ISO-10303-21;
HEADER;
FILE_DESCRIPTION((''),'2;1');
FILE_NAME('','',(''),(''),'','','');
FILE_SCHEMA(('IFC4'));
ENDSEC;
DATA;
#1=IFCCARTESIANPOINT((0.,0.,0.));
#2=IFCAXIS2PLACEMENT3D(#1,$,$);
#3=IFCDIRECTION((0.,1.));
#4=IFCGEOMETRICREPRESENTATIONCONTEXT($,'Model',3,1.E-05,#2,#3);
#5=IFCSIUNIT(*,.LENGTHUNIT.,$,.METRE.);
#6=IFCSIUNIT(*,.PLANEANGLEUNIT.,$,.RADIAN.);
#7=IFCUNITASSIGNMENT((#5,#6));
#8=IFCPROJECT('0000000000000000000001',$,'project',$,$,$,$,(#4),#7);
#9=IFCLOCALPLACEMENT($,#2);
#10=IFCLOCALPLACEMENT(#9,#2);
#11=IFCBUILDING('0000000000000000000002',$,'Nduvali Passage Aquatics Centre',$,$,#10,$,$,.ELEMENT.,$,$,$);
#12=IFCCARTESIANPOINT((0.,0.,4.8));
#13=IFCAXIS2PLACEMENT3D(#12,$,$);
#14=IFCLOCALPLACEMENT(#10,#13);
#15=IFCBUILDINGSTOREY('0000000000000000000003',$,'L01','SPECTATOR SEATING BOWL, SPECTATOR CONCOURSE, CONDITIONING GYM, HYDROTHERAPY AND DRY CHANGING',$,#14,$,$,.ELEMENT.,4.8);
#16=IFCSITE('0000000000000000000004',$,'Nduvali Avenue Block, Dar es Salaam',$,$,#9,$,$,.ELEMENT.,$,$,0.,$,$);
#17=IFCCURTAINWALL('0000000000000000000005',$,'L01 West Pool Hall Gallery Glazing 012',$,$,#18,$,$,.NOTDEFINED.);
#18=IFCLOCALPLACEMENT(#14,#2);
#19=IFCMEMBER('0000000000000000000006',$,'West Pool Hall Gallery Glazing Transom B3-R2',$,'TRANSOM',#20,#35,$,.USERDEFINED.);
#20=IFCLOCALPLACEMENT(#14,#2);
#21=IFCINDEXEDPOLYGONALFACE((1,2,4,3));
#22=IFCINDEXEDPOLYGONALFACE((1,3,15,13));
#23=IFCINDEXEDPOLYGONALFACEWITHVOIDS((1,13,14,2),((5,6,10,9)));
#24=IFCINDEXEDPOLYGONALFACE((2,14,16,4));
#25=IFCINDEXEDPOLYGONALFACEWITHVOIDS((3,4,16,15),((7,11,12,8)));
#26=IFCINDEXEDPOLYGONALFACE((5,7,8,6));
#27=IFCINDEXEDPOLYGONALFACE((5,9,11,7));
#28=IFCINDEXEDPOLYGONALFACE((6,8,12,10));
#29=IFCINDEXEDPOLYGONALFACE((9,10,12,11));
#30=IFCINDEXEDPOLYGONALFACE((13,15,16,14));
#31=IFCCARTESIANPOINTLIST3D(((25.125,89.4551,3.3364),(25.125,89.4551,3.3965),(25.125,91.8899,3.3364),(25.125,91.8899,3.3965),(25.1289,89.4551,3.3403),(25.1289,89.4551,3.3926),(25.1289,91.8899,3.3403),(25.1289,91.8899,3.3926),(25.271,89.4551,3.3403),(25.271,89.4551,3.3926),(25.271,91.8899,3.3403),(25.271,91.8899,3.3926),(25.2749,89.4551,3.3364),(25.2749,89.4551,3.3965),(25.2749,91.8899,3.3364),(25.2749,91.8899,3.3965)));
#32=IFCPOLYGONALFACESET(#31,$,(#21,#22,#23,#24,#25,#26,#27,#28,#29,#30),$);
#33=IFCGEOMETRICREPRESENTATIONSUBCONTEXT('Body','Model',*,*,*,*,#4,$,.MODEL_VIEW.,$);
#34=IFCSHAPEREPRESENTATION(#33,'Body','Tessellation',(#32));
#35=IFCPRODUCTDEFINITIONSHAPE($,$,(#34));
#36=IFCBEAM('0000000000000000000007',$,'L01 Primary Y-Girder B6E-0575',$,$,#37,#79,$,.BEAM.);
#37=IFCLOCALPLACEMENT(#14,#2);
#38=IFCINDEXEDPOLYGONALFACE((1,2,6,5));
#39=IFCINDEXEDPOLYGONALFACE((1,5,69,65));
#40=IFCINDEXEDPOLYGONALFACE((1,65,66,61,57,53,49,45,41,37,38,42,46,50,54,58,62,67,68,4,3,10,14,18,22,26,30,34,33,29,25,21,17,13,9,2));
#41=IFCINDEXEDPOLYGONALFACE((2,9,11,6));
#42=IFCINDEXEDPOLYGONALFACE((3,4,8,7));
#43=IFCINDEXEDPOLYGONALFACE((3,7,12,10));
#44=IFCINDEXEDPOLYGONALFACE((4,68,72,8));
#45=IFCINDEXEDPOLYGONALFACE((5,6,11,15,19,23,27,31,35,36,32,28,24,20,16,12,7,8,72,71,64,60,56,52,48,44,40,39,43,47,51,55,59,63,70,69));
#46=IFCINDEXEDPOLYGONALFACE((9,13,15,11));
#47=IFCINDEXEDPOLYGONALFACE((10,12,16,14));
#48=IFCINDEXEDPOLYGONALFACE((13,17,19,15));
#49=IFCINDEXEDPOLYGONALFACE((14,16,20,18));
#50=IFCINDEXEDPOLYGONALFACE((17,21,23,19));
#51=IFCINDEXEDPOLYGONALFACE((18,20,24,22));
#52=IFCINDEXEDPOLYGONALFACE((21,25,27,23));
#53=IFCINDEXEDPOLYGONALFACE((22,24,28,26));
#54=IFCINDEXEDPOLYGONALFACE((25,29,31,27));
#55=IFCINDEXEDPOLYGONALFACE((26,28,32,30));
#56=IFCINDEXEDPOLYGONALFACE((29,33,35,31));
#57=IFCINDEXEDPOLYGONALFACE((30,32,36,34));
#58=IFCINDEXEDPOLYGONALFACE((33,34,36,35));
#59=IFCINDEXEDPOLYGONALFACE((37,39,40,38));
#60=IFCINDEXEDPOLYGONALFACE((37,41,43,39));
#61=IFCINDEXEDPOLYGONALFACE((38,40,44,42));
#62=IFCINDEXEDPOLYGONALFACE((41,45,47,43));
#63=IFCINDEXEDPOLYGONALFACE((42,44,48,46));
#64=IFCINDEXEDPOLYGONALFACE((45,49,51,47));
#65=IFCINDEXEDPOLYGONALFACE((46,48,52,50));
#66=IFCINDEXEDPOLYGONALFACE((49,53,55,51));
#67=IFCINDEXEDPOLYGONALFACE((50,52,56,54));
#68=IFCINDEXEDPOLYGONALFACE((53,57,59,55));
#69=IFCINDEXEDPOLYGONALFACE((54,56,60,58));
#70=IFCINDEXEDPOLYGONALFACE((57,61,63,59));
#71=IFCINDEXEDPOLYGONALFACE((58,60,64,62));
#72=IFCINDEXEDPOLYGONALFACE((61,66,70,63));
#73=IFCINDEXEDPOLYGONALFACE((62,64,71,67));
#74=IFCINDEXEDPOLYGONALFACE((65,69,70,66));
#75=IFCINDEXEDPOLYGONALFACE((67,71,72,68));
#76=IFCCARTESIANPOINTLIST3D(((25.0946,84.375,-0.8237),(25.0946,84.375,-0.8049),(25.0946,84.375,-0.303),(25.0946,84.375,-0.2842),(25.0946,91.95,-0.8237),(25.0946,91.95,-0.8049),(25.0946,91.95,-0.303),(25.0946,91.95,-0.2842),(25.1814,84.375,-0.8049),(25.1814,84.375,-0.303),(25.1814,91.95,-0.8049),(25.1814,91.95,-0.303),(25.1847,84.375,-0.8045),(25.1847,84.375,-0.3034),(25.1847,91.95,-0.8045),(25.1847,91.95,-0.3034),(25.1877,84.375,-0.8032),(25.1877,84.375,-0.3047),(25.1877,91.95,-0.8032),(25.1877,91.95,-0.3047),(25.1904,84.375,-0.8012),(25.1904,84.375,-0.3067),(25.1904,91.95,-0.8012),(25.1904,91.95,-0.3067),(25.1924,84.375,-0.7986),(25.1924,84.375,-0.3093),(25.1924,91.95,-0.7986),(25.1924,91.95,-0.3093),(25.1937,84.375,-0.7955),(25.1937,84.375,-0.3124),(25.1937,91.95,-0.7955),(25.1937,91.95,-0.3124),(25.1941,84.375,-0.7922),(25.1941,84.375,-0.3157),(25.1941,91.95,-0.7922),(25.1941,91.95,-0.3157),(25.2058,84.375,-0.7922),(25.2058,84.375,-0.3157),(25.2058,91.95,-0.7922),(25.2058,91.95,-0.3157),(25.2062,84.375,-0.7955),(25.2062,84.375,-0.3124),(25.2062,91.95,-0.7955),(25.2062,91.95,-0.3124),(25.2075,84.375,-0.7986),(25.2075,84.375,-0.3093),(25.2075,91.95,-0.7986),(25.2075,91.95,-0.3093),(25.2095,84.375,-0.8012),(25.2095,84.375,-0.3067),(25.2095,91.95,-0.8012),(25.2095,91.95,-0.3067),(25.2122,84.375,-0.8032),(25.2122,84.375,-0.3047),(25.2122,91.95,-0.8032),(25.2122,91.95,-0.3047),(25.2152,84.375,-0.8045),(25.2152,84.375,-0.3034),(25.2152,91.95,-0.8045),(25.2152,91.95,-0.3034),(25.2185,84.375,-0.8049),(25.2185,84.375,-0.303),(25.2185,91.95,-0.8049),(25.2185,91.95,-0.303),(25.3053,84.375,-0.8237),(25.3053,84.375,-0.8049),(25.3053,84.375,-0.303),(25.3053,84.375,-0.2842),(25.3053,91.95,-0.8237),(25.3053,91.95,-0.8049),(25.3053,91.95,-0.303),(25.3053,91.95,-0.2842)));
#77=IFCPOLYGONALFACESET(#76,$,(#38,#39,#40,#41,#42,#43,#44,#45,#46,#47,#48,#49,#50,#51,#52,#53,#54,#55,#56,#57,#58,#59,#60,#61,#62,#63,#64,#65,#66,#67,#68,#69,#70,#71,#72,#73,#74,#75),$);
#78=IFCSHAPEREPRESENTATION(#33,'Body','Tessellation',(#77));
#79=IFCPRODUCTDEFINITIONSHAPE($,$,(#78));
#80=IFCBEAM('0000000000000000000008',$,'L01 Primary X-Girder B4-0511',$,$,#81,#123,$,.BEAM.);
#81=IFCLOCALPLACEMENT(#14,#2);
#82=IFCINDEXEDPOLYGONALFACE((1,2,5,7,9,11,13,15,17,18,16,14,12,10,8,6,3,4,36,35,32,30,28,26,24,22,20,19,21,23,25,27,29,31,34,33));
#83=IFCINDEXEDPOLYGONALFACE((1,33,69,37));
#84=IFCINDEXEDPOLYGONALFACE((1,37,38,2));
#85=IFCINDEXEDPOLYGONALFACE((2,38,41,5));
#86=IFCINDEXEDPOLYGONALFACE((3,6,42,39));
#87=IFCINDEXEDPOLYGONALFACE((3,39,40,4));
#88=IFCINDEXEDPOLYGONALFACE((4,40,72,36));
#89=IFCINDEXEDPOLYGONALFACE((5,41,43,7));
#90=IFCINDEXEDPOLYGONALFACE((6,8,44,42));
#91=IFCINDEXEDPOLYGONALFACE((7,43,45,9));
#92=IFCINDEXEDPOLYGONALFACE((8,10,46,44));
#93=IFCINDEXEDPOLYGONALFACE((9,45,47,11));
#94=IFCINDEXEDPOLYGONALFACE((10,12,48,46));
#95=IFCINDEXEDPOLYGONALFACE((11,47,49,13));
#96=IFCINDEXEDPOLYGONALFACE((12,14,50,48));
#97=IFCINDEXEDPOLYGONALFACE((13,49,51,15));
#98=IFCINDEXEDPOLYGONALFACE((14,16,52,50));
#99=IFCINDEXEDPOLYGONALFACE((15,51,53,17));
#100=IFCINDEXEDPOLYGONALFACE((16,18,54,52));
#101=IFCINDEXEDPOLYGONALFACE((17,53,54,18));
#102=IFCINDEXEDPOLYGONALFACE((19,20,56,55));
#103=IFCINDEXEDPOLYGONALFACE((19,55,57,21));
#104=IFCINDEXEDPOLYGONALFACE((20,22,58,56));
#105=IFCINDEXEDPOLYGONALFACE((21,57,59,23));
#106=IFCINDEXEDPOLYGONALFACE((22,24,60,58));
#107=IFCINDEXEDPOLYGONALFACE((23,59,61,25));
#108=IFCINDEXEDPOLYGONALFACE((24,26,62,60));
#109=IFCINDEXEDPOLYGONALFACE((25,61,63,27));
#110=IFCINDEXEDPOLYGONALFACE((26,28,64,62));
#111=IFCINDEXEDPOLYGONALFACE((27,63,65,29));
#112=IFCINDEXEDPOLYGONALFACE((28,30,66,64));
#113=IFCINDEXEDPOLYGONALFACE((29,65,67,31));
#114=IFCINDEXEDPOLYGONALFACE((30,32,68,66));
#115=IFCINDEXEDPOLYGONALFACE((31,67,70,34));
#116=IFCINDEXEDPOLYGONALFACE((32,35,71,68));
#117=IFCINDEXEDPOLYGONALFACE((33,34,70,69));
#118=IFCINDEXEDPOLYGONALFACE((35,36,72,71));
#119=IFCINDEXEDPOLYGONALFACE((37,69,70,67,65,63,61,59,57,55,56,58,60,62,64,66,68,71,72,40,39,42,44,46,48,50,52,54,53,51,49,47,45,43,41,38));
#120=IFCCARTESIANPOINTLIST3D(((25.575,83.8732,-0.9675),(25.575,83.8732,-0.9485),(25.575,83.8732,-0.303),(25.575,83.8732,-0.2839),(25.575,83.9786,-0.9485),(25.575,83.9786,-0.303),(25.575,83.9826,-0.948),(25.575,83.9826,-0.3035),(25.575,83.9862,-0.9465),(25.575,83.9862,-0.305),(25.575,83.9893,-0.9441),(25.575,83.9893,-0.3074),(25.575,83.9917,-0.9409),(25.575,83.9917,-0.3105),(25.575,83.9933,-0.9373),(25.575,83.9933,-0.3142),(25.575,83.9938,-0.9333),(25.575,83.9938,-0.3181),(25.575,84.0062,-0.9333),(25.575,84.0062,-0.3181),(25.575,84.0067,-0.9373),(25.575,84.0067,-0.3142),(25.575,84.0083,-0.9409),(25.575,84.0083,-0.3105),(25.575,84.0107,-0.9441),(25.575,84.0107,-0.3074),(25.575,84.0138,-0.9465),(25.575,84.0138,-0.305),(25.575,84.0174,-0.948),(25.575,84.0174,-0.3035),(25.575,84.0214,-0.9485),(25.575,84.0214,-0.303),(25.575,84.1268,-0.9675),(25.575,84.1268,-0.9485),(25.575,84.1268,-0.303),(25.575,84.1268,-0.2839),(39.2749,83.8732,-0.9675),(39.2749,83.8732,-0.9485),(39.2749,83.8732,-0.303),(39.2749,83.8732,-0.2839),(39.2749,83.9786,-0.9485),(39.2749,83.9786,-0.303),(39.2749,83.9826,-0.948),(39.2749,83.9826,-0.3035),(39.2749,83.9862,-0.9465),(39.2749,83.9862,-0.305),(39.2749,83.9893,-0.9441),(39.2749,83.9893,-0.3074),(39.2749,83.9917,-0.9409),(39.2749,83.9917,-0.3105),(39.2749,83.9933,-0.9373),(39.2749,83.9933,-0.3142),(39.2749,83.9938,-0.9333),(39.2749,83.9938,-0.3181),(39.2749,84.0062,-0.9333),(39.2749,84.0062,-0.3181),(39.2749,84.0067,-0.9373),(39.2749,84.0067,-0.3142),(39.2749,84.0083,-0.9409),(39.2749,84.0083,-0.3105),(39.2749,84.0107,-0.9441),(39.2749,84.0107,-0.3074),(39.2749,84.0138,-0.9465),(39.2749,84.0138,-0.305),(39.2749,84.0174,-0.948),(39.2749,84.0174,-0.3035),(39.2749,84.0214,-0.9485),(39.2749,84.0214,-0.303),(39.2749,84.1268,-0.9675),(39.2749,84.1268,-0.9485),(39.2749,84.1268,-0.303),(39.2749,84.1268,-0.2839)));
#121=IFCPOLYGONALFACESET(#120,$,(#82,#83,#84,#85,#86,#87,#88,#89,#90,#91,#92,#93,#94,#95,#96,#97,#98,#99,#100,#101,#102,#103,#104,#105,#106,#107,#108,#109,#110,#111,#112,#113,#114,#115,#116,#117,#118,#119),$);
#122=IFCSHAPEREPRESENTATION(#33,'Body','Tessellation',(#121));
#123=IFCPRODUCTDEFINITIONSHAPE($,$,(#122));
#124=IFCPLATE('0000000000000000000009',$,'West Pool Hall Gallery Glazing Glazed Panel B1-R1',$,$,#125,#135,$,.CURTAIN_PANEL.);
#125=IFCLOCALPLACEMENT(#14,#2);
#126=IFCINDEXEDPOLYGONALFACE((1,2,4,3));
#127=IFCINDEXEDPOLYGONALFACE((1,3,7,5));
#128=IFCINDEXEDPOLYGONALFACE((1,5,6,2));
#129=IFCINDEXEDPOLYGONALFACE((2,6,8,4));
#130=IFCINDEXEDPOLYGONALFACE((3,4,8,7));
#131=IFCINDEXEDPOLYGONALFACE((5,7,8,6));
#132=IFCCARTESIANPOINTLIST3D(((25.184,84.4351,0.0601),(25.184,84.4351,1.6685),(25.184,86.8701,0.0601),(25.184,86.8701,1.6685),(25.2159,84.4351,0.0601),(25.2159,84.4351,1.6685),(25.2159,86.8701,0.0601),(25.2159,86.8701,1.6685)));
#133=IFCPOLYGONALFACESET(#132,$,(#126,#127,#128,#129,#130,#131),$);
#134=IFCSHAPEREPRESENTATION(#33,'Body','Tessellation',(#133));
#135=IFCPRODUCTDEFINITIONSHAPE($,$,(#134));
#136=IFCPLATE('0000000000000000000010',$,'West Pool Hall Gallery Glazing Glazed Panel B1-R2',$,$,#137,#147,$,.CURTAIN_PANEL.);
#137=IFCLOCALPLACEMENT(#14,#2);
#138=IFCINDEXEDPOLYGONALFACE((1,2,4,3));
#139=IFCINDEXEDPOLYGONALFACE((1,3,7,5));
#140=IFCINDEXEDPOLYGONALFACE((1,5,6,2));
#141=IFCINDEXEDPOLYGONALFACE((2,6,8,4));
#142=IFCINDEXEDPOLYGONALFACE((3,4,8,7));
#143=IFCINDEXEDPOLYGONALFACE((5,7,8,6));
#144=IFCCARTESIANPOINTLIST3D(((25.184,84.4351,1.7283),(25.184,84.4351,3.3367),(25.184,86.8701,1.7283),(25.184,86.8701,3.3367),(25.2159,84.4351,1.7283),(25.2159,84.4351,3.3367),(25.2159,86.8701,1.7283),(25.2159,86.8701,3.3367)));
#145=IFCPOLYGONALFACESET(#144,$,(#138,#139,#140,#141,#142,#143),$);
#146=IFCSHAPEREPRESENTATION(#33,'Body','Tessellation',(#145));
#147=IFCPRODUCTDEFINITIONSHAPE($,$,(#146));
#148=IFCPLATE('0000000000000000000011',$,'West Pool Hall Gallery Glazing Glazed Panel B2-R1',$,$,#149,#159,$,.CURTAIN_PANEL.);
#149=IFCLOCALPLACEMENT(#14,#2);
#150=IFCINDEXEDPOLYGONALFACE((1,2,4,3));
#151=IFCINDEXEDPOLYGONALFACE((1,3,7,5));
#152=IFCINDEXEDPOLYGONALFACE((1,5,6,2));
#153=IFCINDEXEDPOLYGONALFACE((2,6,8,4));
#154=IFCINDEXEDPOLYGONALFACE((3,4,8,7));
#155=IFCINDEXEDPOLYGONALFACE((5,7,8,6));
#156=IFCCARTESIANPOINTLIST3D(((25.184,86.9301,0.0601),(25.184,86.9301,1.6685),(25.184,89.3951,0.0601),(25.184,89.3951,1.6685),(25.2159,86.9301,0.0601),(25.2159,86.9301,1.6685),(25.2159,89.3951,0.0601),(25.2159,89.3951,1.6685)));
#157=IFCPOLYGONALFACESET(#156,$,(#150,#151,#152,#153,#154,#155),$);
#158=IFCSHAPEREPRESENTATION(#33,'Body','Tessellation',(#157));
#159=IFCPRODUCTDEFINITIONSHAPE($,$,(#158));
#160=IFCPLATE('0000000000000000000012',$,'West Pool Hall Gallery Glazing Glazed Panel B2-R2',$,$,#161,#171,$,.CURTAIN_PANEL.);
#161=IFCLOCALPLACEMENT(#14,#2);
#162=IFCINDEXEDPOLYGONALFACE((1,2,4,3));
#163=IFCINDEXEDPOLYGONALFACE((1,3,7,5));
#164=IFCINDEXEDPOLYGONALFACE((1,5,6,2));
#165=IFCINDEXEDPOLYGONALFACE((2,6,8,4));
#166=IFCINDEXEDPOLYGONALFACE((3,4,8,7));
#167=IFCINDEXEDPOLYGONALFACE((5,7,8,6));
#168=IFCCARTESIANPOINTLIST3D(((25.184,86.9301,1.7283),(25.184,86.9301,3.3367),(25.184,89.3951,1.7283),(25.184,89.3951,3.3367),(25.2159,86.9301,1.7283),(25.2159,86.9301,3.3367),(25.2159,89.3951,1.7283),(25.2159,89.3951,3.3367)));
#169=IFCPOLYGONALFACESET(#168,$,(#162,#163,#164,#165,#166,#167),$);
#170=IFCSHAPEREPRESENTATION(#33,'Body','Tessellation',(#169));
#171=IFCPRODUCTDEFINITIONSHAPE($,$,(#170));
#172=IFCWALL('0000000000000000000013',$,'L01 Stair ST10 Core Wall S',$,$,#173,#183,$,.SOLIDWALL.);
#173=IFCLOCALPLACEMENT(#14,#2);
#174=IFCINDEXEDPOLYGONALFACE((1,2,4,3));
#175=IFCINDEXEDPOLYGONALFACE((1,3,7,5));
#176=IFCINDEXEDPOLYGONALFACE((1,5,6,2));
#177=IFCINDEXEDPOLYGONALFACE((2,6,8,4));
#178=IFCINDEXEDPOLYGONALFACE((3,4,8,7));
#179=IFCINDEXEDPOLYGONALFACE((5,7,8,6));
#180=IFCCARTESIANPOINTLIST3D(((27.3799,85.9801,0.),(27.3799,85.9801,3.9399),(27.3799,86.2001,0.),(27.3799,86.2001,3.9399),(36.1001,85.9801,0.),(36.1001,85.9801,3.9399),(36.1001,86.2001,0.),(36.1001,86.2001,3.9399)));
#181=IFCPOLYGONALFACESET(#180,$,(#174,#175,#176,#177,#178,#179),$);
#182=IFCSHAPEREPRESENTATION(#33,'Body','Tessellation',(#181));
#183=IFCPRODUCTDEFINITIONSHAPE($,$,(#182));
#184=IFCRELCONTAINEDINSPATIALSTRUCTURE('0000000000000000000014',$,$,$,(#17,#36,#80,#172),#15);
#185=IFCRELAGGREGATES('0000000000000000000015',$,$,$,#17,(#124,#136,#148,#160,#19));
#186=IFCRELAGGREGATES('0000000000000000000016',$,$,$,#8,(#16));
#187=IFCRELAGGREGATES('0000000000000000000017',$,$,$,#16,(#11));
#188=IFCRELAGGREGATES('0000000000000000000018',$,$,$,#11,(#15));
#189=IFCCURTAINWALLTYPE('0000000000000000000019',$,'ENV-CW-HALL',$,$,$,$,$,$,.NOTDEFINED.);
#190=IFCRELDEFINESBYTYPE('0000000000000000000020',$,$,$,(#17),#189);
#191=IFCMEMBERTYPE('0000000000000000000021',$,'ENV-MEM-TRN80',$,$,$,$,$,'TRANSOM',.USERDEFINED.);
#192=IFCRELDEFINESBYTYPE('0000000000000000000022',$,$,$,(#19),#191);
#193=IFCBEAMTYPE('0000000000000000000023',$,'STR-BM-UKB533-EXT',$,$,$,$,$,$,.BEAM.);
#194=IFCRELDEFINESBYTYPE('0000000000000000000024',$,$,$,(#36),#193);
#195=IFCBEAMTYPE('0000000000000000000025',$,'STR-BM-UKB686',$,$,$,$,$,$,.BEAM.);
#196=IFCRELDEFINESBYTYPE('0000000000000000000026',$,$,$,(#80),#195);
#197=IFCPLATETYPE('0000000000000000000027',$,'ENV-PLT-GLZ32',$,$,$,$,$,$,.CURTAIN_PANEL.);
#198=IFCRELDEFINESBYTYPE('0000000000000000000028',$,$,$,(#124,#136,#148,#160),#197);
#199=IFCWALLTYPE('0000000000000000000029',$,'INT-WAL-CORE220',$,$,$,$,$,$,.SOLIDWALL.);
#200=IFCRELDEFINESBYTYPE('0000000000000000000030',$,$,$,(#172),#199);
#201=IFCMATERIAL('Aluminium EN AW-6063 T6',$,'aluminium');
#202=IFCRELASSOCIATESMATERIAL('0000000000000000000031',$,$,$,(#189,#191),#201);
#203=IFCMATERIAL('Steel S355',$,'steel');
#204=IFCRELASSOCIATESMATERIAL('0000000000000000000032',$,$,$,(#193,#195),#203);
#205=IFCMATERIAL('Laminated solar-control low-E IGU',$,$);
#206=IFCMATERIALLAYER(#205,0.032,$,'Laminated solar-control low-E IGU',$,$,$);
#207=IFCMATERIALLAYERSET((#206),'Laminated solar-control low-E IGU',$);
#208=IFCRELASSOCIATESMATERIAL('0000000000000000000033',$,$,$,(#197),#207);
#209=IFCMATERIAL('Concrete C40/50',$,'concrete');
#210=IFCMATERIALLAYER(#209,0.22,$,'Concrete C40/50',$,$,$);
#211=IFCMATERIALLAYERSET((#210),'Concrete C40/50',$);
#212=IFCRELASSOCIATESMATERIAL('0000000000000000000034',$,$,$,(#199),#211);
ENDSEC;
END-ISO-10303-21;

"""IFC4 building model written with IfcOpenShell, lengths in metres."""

from ifc_helpers import new_model, si_unit, direction, frame, frame_2d, origin, origin_2d, place, context, subcontext, project, spatial, rectangle, hollow_rectangle, i_section, extrude, material, layer, layer_set, material_profile, profile_set, type_object, element, aggregate, save


model = new_model("IFC4")

# Units and contexts
model_context = context("Model", 3, precision=1e-05, world=origin(), true_north=direction((0.0, 1.0)))
body_context = subcontext(model_context, "Body", "Model", "MODEL_VIEW")
ifc_project = project(units=[si_unit("LENGTHUNIT", "METRE"), si_unit("PLANEANGLEUNIT", "RADIAN")], contexts=[model_context])

# Site, building, storey
site_placement = place(None, origin())
site = spatial("IfcSite", under=ifc_project, at=site_placement, Name="Nduvali Avenue Block, Dar es Salaam", CompositionType="ELEMENT", RefElevation=0.0)
building_placement = place(site_placement, origin())
building = spatial("IfcBuilding", under=site, at=building_placement, Name="Nduvali Passage Aquatics Centre", CompositionType="ELEMENT")
storey_placement = place(building_placement, frame((0.0, 0.0, 4.8)))
storey = spatial("IfcBuildingStorey", under=building, at=storey_placement, Name="L01", Description="SPECTATOR SEATING BOWL, SPECTATOR CONCOURSE, CONDITIONING GYM, HYDROTHERAPY AND DRY CHANGING", CompositionType="ELEMENT", Elevation=4.8)

# Curtain wall, member
ifc_material_1 = material(Name="Aluminium EN AW-6063 T6", Category="aluminium")
curtain_wall_type = type_object("IfcCurtainWallType", Name="ENV-CW-HALL", PredefinedType="NOTDEFINED", material=ifc_material_1)
curtain_wall_placement = place(storey_placement, origin())
curtain_wall = element("IfcCurtainWall", 1, at=curtain_wall_placement, inside=storey, type_object=curtain_wall_type, Name="L01 West Pool Hall Gallery Glazing 012", PredefinedType="NOTDEFINED")
ifc_material_profile_1 = material_profile(ifc_material_1, hollow_rectangle(XDim=0.1499, YDim=0.0601, WallThickness=0.0039, at=origin_2d()), Name="ALU TRANSOM 150x60x4")
ifc_profile_set_1 = profile_set([ifc_material_profile_1], Name="Aluminium EN AW-6063 T6")
member_type_1 = type_object("IfcMemberType", Name="ENV-MEM-TRN80", ElementType="TRANSOM", PredefinedType="USERDEFINED", material=ifc_profile_set_1)
member_1_placement = place(storey_placement, frame((25.2, 89.4551, 3.3665), z_axis=(0.0, 1.0, 0.0), x_axis=(-1.0, 0.0, 0.0)))
member_1 = element("IfcMember", 2, at=member_1_placement, type_object=member_type_1, Name="West Pool Hall Gallery Glazing Transom B3-R2", ObjectType="TRANSOM", PredefinedType="USERDEFINED", context=body_context, shape_type="SweptSolid", body=[
    extrude(hollow_rectangle(XDim=0.1499, YDim=0.0601, WallThickness=0.0039, at=origin_2d()), origin(), (0.0, 0.0, 1.0), 2.4348),
])

# Beams
ifc_material_2 = material(Name="Steel S355", Category="steel")
ifc_material_profile_2 = material_profile(ifc_material_2, i_section(OverallWidth=0.2107, OverallDepth=0.5396, WebThickness=0.0117, FlangeThickness=0.0188, FilletRadius=0.0127, at=origin_2d()), Name="UKB 533x210x109")
ifc_profile_set_2 = profile_set([ifc_material_profile_2], Name="Steel S355")
beam_type_1 = type_object("IfcBeamType", Name="STR-BM-UKB533-EXT", PredefinedType="BEAM", material=ifc_profile_set_2)
beam_1_placement = place(storey_placement, frame((25.2, 84.375, -0.554), z_axis=(0.0, 1.0, 0.0), x_axis=(-1.0, 0.0, 0.0)))
element("IfcBeam", 3, at=beam_1_placement, inside=storey, type_object=beam_type_1, Name="L01 Primary Y-Girder B6E-0575", PredefinedType="BEAM", context=body_context, shape_type="SweptSolid", body=[
    extrude(i_section(OverallWidth=0.2107, OverallDepth=0.5396, WebThickness=0.0117, FlangeThickness=0.0188, FilletRadius=0.0127, at=origin_2d()), origin(), (0.0, 0.0, 1.0), 7.575),
])
ifc_material_profile_3 = material_profile(ifc_material_2, i_section(OverallWidth=0.2537, OverallDepth=0.6836, WebThickness=0.0125, FlangeThickness=0.019, FilletRadius=0.0151, at=origin_2d()), Name="UKB 686x254x140")
ifc_profile_set_3 = profile_set([ifc_material_profile_3], Name="Steel S355")
beam_type_2 = type_object("IfcBeamType", Name="STR-BM-UKB686", PredefinedType="BEAM", material=ifc_profile_set_3)
beam_2_placement = place(storey_placement, frame((25.575, 84.0, -0.6257), z_axis=(1.0, 0.0, 0.0), x_axis=(0.0, 1.0, 0.0)))
element("IfcBeam", 4, at=beam_2_placement, inside=storey, type_object=beam_type_2, Name="L01 Primary X-Girder B4-0511", PredefinedType="BEAM", context=body_context, shape_type="SweptSolid", body=[
    extrude(i_section(OverallWidth=0.2537, OverallDepth=0.6836, WebThickness=0.0125, FlangeThickness=0.019, FilletRadius=0.0151, at=origin_2d()), origin(), (0.0, 0.0, 1.0), 13.7),
])

# Plates
ifc_material_3 = material(Name="Laminated solar-control low-E IGU")
ifc_layer_1 = layer(ifc_material_3, 0.032, Name="Laminated solar-control low-E IGU")
ifc_layer_set_1 = layer_set([ifc_layer_1], Name="Laminated solar-control low-E IGU")
plate_type = type_object("IfcPlateType", Name="ENV-PLT-GLZ32", PredefinedType="CURTAIN_PANEL", material=ifc_layer_set_1)
plate_1_placement = place(storey_placement, frame((25.2, 85.6526, 0.0601), z_axis=(0.0, 0.0, 1.0), x_axis=(0.0, 1.0, 0.0)))
plate_1 = element("IfcPlate", 5, at=plate_1_placement, type_object=plate_type, Name="West Pool Hall Gallery Glazing Glazed Panel B1-R1", PredefinedType="CURTAIN_PANEL", context=body_context, shape_type="SweptSolid", body=[
    extrude(rectangle(XDim=2.4351, YDim=0.032, at=origin_2d()), origin(), (0.0, 0.0, 1.0), 1.6084),
])
plate_2_placement = place(storey_placement, frame((25.2, 85.6526, 1.7283), z_axis=(0.0, 0.0, 1.0), x_axis=(0.0, 1.0, 0.0)))
plate_2 = element("IfcPlate", 6, at=plate_2_placement, type_object=plate_type, Name="West Pool Hall Gallery Glazing Glazed Panel B1-R2", PredefinedType="CURTAIN_PANEL", context=body_context, shape_type="SweptSolid", body=[
    extrude(rectangle(XDim=2.4351, YDim=0.032, at=origin_2d()), origin(), (0.0, 0.0, 1.0), 1.6084),
])
plate_3_placement = place(storey_placement, frame((25.2, 88.1626, 0.0601), z_axis=(0.0, 0.0, 1.0), x_axis=(0.0, 1.0, 0.0)))
plate_3 = element("IfcPlate", 7, at=plate_3_placement, type_object=plate_type, Name="West Pool Hall Gallery Glazing Glazed Panel B2-R1", PredefinedType="CURTAIN_PANEL", context=body_context, shape_type="SweptSolid", body=[
    extrude(rectangle(XDim=2.4651, YDim=0.032, at=origin_2d()), origin(), (0.0, 0.0, 1.0), 1.6084),
])
plate_4_placement = place(storey_placement, frame((25.2, 88.1626, 1.7283), z_axis=(0.0, 0.0, 1.0), x_axis=(0.0, 1.0, 0.0)))
plate_4 = element("IfcPlate", 8, at=plate_4_placement, type_object=plate_type, Name="West Pool Hall Gallery Glazing Glazed Panel B2-R2", PredefinedType="CURTAIN_PANEL", context=body_context, shape_type="SweptSolid", body=[
    extrude(rectangle(XDim=2.4651, YDim=0.032, at=origin_2d()), origin(), (0.0, 0.0, 1.0), 1.6084),
])
aggregate(curtain_wall, [plate_1, plate_2, plate_3, plate_4, member_1])

# Wall
ifc_material_4 = material(Name="Concrete C40/50", Category="concrete")
ifc_layer_2 = layer(ifc_material_4, 0.22, Name="Concrete C40/50")
ifc_layer_set_2 = layer_set([ifc_layer_2], Name="Concrete C40/50")
wall_type = type_object("IfcWallType", Name="INT-WAL-CORE220", PredefinedType="SOLIDWALL", material=ifc_layer_set_2)
wall_placement = place(storey_placement, frame((27.3799, 86.0901, 0.0), z_axis=(0.0, 0.0, 1.0), x_axis=(1.0, 0.0, 0.0)))
element("IfcWall", 9, at=wall_placement, inside=storey, type_object=wall_type, Name="L01 Stair ST10 Core Wall S", PredefinedType="SOLIDWALL", context=body_context, shape_type="SweptSolid", body=[
    extrude(rectangle(XDim=8.7202, YDim=0.22, at=frame_2d((4.3601, 0.0))), origin(), (0.0, 0.0, 1.0), 3.9399),
])

save(model, "model.ifc")
